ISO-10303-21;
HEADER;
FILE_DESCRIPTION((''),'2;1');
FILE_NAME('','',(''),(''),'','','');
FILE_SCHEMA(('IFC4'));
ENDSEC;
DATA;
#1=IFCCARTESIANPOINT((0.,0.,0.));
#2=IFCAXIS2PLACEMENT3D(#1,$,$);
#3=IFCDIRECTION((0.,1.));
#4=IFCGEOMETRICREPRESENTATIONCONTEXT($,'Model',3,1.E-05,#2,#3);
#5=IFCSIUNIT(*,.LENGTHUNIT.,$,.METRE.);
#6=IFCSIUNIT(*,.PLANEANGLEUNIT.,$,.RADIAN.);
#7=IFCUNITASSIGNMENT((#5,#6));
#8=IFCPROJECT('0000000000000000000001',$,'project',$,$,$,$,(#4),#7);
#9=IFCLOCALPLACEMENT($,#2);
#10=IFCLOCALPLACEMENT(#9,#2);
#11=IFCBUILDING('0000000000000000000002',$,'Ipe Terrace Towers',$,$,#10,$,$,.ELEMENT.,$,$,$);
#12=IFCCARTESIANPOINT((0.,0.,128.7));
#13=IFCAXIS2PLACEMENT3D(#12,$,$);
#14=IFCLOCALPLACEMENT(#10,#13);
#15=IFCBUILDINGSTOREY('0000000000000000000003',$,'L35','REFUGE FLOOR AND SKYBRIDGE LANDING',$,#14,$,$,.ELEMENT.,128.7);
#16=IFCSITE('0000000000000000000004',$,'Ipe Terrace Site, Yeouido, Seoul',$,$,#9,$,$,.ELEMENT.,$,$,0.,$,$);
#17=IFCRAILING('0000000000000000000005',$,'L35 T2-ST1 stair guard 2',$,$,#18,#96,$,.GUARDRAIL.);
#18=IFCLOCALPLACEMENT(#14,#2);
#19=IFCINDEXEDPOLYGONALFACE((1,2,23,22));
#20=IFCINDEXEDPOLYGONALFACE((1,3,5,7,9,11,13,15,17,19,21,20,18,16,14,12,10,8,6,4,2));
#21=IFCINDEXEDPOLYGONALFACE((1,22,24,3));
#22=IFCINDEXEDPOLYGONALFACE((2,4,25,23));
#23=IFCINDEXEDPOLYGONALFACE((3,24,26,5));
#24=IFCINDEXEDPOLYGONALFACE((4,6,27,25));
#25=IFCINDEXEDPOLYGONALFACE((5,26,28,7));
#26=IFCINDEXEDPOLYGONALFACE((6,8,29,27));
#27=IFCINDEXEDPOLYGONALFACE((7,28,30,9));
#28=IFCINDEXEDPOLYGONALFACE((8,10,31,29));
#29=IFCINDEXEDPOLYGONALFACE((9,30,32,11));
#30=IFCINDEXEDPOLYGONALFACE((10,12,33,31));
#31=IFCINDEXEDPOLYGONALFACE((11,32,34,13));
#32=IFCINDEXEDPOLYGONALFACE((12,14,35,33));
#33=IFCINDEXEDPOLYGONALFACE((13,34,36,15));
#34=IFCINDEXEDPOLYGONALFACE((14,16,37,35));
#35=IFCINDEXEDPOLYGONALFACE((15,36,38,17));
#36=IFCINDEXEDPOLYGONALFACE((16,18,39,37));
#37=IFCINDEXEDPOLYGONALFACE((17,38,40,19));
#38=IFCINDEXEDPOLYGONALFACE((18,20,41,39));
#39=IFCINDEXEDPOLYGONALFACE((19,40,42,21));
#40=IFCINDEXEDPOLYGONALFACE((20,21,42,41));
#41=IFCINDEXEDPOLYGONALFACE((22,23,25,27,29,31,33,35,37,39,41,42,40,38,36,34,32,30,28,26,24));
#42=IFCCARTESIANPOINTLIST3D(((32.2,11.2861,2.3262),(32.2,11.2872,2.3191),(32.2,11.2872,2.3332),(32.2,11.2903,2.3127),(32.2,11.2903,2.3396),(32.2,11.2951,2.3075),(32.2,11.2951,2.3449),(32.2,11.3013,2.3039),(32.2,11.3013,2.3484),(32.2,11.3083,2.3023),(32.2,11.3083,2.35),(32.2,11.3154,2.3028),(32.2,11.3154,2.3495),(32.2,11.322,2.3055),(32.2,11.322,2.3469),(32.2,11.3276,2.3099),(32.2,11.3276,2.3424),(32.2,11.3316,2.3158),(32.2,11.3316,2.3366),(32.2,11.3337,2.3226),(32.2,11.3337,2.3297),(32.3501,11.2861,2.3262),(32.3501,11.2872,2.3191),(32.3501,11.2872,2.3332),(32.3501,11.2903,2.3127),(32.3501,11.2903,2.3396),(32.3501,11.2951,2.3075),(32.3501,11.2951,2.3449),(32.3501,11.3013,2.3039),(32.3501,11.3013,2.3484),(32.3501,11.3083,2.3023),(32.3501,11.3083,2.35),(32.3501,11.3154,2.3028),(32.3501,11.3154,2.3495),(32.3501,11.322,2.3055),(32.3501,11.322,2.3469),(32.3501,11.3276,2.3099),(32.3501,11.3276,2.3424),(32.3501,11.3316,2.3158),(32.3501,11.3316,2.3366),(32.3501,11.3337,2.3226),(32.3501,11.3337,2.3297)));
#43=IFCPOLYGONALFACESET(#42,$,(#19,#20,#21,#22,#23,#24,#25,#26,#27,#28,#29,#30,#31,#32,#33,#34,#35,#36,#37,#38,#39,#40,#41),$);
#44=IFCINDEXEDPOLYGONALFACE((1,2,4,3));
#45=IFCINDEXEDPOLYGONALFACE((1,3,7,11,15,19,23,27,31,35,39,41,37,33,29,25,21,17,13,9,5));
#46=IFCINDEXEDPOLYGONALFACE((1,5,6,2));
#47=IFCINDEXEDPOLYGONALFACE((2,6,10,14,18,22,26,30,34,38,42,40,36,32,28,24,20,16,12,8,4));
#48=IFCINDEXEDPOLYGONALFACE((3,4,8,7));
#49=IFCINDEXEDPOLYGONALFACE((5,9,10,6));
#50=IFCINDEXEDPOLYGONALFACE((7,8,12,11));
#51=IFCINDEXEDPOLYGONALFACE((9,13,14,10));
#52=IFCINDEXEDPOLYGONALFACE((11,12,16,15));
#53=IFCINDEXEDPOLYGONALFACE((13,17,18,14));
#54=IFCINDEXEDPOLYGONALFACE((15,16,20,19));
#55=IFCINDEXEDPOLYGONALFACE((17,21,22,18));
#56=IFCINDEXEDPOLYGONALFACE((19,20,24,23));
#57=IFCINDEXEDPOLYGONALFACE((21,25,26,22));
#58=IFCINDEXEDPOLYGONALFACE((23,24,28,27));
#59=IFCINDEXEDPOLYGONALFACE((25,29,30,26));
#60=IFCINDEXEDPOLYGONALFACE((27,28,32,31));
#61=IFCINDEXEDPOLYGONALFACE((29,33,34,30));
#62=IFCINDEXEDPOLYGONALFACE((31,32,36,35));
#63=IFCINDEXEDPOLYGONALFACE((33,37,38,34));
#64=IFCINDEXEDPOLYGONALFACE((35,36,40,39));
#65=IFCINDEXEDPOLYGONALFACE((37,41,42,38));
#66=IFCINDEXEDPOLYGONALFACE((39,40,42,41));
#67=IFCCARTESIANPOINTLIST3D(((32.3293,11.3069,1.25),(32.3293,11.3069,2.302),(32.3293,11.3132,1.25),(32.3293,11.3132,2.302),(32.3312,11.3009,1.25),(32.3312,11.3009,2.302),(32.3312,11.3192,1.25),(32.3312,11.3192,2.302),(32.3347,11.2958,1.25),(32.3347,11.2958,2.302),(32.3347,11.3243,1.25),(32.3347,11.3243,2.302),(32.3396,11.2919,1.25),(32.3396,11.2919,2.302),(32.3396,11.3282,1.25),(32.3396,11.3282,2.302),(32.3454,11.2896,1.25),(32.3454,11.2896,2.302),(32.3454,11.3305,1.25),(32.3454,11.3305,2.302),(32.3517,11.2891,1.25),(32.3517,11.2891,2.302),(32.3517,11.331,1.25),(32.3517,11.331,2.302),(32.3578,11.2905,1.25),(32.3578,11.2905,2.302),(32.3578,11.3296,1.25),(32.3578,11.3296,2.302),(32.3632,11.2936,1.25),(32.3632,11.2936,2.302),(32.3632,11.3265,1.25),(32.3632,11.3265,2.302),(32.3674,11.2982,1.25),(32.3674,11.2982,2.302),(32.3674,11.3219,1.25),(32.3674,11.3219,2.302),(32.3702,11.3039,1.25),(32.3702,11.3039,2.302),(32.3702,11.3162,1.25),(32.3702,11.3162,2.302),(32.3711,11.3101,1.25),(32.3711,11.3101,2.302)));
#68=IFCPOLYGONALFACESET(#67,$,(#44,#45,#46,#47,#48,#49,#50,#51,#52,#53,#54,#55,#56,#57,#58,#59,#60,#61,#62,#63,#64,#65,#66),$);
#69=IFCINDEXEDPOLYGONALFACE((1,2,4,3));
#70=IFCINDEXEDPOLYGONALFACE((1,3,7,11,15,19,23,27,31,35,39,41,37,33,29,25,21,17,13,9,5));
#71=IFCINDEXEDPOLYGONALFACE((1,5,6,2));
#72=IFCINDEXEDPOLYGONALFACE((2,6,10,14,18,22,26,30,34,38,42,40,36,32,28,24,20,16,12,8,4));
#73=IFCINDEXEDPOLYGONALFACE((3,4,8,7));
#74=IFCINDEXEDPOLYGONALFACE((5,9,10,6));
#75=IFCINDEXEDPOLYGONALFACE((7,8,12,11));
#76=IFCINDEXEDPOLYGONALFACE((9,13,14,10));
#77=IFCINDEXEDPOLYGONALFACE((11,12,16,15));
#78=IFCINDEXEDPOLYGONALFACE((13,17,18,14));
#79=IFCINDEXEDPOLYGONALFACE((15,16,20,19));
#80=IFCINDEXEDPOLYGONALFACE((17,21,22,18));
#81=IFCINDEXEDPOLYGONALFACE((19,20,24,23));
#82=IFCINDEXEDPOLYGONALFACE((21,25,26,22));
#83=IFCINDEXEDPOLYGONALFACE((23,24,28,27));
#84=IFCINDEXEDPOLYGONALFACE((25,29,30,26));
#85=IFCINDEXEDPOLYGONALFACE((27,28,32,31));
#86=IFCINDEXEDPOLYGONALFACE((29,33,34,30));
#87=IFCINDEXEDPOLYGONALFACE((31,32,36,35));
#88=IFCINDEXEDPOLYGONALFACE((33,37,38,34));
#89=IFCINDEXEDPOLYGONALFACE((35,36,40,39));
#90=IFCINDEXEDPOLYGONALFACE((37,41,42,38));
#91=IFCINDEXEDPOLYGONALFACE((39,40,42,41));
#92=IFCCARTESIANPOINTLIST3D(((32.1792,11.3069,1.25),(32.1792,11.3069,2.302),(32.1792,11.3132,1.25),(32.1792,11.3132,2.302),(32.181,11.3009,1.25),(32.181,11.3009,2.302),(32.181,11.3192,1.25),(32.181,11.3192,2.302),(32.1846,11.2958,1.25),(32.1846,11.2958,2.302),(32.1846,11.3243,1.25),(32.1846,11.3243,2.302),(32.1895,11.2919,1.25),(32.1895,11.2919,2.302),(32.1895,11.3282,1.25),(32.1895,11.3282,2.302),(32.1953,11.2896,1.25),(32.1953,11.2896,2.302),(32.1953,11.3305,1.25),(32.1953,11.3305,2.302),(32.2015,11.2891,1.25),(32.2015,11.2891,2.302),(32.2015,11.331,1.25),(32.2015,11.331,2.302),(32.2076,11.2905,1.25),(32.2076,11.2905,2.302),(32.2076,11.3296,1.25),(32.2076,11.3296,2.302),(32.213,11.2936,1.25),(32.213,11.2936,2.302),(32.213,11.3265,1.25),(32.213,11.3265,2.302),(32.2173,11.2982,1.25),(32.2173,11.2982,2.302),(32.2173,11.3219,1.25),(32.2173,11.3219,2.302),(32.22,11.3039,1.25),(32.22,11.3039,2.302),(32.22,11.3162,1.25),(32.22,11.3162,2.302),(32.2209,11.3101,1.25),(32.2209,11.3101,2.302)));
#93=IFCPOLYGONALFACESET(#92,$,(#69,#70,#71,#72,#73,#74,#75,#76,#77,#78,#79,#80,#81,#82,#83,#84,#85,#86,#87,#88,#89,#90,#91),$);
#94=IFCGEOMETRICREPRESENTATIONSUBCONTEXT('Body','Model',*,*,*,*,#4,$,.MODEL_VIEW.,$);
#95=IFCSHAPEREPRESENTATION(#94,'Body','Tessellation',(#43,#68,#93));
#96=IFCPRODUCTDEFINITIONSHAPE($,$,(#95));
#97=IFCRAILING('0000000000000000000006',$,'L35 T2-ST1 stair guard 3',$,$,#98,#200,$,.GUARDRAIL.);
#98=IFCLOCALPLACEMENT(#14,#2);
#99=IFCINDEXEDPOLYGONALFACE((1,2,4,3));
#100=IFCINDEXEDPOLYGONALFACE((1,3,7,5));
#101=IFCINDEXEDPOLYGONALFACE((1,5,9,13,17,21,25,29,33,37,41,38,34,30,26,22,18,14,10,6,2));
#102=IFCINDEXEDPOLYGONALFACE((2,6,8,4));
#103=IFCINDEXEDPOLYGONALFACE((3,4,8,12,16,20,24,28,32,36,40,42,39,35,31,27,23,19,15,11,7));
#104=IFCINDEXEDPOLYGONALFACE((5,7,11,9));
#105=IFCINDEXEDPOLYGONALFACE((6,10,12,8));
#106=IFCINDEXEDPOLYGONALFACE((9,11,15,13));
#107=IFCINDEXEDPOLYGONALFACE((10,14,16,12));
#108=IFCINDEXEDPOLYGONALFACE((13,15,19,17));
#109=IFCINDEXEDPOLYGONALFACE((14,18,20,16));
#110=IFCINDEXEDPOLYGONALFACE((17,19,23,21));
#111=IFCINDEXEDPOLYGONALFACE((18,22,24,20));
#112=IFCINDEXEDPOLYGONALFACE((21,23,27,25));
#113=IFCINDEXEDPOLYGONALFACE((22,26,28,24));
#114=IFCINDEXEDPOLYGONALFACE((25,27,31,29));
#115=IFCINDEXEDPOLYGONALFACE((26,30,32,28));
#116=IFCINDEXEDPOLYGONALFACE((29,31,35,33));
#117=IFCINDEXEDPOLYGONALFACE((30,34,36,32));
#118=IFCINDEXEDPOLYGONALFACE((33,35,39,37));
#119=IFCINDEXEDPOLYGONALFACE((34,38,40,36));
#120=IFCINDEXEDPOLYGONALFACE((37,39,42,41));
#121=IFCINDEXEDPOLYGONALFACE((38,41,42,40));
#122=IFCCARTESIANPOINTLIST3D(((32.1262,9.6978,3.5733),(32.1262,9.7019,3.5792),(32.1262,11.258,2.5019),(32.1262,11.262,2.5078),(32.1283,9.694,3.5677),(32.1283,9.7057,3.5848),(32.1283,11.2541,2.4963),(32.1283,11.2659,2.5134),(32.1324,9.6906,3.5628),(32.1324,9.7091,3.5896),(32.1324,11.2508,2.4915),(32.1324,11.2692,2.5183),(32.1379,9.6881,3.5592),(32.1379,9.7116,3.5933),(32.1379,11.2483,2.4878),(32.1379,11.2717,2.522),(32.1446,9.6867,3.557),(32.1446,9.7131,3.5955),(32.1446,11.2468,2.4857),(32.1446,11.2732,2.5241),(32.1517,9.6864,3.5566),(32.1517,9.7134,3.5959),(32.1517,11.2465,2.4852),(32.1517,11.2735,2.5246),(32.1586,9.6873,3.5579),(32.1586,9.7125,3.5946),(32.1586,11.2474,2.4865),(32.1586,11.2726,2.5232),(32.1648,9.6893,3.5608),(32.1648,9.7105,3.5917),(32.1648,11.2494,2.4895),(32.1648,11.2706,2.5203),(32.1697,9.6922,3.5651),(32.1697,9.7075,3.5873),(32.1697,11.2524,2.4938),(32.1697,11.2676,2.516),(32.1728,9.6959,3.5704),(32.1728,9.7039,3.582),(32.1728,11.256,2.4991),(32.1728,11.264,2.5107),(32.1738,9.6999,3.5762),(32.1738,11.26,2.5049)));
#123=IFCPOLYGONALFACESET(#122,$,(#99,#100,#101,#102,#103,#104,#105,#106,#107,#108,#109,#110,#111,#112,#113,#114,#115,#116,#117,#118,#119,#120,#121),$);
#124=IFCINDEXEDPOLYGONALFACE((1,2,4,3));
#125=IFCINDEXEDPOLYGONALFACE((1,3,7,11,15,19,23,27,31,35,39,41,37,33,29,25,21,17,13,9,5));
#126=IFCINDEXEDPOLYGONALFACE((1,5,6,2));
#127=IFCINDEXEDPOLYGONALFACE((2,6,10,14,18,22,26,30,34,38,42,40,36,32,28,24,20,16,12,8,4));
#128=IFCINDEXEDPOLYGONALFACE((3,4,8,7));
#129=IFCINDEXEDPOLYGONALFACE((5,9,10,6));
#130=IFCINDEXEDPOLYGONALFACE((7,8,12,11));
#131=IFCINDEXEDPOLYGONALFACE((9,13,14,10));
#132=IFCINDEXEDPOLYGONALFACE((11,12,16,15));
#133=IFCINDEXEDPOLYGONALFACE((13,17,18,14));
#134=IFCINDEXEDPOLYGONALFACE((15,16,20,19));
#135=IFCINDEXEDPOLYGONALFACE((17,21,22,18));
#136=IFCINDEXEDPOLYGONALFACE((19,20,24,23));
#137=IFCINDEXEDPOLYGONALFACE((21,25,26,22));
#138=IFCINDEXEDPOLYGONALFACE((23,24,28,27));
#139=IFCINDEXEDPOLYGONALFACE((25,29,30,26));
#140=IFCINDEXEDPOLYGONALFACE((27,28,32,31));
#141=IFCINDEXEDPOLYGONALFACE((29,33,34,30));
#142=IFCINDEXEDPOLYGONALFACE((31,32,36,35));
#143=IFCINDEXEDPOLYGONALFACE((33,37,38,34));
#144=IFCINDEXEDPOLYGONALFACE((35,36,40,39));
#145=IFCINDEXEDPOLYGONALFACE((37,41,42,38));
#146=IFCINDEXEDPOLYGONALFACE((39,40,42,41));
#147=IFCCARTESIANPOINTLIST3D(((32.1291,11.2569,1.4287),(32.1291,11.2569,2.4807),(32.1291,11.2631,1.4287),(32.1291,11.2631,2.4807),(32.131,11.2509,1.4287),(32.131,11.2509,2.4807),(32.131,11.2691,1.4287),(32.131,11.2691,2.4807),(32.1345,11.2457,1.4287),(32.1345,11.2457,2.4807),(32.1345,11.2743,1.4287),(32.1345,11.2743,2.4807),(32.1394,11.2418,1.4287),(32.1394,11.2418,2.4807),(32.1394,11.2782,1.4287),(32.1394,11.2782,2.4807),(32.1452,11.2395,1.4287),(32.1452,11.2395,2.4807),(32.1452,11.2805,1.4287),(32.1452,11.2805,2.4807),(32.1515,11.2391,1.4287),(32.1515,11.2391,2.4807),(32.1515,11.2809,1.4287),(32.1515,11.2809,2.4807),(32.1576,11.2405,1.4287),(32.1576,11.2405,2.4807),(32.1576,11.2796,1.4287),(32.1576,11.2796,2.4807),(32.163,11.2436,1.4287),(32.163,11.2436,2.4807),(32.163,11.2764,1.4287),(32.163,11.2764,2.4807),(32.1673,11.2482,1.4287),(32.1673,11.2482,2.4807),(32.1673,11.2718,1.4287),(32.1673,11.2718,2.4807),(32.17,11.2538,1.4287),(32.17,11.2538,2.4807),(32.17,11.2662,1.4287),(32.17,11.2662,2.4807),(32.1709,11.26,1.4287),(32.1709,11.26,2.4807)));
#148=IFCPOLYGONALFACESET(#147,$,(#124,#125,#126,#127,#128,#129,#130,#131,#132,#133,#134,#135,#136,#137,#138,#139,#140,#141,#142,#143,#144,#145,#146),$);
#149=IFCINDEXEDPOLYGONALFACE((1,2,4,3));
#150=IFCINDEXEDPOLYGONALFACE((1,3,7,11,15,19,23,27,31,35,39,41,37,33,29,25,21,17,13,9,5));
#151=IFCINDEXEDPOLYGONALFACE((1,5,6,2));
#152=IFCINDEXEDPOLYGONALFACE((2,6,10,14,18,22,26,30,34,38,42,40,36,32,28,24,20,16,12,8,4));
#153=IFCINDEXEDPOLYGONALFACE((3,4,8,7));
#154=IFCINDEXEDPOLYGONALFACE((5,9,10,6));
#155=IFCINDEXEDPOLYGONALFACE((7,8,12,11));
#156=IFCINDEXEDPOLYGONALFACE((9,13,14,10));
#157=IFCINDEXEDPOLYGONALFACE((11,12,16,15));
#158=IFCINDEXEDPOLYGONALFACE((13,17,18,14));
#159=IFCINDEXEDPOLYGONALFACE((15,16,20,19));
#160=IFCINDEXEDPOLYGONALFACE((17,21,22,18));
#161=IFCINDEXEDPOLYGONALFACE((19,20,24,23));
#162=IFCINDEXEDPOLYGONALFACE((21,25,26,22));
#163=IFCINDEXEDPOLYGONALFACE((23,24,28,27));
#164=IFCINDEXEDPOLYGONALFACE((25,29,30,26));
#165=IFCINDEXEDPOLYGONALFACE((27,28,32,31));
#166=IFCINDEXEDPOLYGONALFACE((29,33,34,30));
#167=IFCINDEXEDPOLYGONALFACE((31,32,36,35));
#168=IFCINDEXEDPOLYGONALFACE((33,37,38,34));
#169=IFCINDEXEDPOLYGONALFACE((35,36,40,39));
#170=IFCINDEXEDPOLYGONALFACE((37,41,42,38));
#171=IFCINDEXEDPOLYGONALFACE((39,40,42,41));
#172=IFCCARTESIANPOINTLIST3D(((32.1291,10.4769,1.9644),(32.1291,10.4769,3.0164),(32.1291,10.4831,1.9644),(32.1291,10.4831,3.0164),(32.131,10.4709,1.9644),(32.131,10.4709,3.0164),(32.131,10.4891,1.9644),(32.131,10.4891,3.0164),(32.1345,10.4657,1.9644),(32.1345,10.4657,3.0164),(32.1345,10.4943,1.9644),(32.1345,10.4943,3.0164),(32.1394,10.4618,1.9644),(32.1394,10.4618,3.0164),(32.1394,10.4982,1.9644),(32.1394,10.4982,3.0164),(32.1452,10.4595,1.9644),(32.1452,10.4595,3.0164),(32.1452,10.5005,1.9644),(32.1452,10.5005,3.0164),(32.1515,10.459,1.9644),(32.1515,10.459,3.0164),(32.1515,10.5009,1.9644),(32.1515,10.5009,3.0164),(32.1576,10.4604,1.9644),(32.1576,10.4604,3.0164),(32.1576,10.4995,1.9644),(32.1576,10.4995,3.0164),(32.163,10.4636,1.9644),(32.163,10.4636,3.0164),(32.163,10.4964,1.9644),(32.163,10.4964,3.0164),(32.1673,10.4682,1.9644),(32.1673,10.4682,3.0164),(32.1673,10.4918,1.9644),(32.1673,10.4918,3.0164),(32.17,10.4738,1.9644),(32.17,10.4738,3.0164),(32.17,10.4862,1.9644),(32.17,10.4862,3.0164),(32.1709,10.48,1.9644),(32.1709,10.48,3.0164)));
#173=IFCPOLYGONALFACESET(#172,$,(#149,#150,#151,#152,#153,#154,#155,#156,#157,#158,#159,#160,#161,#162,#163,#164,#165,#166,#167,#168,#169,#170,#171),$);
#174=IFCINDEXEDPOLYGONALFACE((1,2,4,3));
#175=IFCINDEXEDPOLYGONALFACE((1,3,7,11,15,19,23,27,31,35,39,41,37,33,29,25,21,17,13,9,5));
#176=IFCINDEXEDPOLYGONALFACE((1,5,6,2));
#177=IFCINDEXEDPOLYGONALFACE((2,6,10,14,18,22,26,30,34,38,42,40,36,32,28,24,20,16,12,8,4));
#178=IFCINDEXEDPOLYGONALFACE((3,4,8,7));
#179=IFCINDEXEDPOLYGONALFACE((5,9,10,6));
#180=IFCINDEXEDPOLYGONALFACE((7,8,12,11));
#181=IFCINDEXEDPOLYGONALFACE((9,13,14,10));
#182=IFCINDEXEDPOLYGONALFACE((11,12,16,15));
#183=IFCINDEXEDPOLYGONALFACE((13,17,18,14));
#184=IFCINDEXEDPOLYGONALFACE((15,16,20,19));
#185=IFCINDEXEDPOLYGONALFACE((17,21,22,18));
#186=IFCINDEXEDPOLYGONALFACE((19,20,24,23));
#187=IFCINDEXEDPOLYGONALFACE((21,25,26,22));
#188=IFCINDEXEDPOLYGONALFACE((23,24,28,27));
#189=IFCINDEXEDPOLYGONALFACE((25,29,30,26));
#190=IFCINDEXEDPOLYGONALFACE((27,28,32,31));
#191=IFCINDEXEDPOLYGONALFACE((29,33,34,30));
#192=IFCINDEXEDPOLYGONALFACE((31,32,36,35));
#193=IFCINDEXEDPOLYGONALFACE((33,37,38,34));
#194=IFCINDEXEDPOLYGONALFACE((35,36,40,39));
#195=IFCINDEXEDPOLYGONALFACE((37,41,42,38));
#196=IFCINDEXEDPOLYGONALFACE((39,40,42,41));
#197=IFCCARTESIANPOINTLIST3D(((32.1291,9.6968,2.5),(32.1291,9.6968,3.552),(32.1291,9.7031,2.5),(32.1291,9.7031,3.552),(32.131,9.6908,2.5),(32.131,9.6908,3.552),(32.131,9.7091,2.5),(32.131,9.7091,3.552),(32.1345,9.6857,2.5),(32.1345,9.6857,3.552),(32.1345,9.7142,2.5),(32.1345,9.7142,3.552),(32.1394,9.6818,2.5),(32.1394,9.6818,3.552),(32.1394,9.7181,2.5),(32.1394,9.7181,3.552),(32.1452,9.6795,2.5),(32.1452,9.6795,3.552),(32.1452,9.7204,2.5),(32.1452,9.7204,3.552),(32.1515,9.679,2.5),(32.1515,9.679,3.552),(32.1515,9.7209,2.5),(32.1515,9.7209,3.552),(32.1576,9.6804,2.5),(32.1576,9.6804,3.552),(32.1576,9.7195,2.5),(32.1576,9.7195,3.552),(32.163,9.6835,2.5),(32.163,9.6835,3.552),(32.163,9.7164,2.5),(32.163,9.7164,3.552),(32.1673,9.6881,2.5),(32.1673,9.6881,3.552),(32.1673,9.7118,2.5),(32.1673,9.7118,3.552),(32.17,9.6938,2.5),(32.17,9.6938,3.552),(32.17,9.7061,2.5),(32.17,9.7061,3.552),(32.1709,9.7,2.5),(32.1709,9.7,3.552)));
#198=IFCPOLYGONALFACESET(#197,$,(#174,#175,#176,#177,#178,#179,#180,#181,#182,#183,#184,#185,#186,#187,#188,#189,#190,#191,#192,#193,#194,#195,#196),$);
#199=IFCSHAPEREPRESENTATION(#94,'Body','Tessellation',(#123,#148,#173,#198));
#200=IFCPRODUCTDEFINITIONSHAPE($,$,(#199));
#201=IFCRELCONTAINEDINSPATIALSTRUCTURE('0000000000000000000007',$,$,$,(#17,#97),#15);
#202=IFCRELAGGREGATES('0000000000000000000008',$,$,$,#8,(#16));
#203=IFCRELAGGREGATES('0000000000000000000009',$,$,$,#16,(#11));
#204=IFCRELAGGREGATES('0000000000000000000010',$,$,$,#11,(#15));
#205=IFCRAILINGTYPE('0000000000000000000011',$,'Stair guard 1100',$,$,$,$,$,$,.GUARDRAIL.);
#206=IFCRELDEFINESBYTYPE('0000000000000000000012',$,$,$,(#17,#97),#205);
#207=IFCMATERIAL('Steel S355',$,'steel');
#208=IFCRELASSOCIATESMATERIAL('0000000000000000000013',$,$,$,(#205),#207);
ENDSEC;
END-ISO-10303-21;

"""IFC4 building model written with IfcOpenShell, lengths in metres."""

from ifc_helpers import new_model, si_unit, direction, frame, origin, origin_2d, place, context, subcontext, project, spatial, circle, extrude, material, type_object, element, save


model = new_model("IFC4")

# Units and contexts
model_context = context("Model", 3, precision=1e-05, world=origin(), true_north=direction((0.0, 1.0)))
body_context = subcontext(model_context, "Body", "Model", "MODEL_VIEW")
ifc_project = project(units=[si_unit("LENGTHUNIT", "METRE"), si_unit("PLANEANGLEUNIT", "RADIAN")], contexts=[model_context])

# Site, building, storey
site_placement = place(None, origin())
site = spatial("IfcSite", under=ifc_project, at=site_placement, Name="Ipe Terrace Site, Yeouido, Seoul", CompositionType="ELEMENT", RefElevation=0.0)
building_placement = place(site_placement, origin())
building = spatial("IfcBuilding", under=site, at=building_placement, Name="Ipe Terrace Towers", CompositionType="ELEMENT")
storey_placement = place(building_placement, frame((0.0, 0.0, 128.7)))
storey = spatial("IfcBuildingStorey", under=building, at=storey_placement, Name="L35", Description="REFUGE FLOOR AND SKYBRIDGE LANDING", CompositionType="ELEMENT", Elevation=128.7)

# Railings
ifc_material_1 = material(Name="Steel S355", Category="steel")
railing_type_1 = type_object("IfcRailingType", Name="Stair guard 1100", PredefinedType="GUARDRAIL", material=ifc_material_1)
railing_1_placement = place(storey_placement, frame((32.3501, 11.3101, 1.25)))
element("IfcRailing", 1, at=railing_1_placement, inside=storey, type_object=railing_type_1, Name="L35 T2-ST1 stair guard 2", PredefinedType="GUARDRAIL", context=body_context, shape_type="SweptSolid", body=[
    extrude(circle(Radius=0.0239, at=origin_2d()), frame((0.0, 0.0, 1.0762), z_axis=(-1.0, 0.0, 0.0), x_axis=(0.0, -1.0, 0.0)), (0.0, 0.0, 1.0), 0.1501),
    extrude(circle(Radius=0.021, at=origin_2d()), origin(), (0.0, 0.0, 1.0), 1.052),
    extrude(circle(Radius=0.021, at=origin_2d()), frame((-0.1501, 0.0, 0.0)), (0.0, 0.0, 1.0), 1.052),
])
railing_2_placement = place(storey_placement, frame((32.1499, 11.26, 1.4287)))
element("IfcRailing", 2, at=railing_2_placement, inside=storey, type_object=railing_type_1, Name="L35 T2-ST1 stair guard 3", PredefinedType="GUARDRAIL", context=body_context, shape_type="SweptSolid", body=[
    extrude(circle(Radius=0.0239, at=origin_2d()), frame((0.0, 0.0, 1.0762), z_axis=(0.0, -0.82435, 0.56608), x_axis=(1.0, 0.0, 0.0)), (0.0, 0.0, 1.0), 1.8926),
    extrude(circle(Radius=0.021, at=origin_2d()), origin(), (0.0, 0.0, 1.0), 1.052),
    extrude(circle(Radius=0.021, at=origin_2d()), frame((0.0, -0.78, 0.5356)), (0.0, 0.0, 1.0), 1.052),
    extrude(circle(Radius=0.021, at=origin_2d()), frame((0.0, -1.5601, 1.0713)), (0.0, 0.0, 1.0), 1.052),
])

save(model, "model.ifc")
